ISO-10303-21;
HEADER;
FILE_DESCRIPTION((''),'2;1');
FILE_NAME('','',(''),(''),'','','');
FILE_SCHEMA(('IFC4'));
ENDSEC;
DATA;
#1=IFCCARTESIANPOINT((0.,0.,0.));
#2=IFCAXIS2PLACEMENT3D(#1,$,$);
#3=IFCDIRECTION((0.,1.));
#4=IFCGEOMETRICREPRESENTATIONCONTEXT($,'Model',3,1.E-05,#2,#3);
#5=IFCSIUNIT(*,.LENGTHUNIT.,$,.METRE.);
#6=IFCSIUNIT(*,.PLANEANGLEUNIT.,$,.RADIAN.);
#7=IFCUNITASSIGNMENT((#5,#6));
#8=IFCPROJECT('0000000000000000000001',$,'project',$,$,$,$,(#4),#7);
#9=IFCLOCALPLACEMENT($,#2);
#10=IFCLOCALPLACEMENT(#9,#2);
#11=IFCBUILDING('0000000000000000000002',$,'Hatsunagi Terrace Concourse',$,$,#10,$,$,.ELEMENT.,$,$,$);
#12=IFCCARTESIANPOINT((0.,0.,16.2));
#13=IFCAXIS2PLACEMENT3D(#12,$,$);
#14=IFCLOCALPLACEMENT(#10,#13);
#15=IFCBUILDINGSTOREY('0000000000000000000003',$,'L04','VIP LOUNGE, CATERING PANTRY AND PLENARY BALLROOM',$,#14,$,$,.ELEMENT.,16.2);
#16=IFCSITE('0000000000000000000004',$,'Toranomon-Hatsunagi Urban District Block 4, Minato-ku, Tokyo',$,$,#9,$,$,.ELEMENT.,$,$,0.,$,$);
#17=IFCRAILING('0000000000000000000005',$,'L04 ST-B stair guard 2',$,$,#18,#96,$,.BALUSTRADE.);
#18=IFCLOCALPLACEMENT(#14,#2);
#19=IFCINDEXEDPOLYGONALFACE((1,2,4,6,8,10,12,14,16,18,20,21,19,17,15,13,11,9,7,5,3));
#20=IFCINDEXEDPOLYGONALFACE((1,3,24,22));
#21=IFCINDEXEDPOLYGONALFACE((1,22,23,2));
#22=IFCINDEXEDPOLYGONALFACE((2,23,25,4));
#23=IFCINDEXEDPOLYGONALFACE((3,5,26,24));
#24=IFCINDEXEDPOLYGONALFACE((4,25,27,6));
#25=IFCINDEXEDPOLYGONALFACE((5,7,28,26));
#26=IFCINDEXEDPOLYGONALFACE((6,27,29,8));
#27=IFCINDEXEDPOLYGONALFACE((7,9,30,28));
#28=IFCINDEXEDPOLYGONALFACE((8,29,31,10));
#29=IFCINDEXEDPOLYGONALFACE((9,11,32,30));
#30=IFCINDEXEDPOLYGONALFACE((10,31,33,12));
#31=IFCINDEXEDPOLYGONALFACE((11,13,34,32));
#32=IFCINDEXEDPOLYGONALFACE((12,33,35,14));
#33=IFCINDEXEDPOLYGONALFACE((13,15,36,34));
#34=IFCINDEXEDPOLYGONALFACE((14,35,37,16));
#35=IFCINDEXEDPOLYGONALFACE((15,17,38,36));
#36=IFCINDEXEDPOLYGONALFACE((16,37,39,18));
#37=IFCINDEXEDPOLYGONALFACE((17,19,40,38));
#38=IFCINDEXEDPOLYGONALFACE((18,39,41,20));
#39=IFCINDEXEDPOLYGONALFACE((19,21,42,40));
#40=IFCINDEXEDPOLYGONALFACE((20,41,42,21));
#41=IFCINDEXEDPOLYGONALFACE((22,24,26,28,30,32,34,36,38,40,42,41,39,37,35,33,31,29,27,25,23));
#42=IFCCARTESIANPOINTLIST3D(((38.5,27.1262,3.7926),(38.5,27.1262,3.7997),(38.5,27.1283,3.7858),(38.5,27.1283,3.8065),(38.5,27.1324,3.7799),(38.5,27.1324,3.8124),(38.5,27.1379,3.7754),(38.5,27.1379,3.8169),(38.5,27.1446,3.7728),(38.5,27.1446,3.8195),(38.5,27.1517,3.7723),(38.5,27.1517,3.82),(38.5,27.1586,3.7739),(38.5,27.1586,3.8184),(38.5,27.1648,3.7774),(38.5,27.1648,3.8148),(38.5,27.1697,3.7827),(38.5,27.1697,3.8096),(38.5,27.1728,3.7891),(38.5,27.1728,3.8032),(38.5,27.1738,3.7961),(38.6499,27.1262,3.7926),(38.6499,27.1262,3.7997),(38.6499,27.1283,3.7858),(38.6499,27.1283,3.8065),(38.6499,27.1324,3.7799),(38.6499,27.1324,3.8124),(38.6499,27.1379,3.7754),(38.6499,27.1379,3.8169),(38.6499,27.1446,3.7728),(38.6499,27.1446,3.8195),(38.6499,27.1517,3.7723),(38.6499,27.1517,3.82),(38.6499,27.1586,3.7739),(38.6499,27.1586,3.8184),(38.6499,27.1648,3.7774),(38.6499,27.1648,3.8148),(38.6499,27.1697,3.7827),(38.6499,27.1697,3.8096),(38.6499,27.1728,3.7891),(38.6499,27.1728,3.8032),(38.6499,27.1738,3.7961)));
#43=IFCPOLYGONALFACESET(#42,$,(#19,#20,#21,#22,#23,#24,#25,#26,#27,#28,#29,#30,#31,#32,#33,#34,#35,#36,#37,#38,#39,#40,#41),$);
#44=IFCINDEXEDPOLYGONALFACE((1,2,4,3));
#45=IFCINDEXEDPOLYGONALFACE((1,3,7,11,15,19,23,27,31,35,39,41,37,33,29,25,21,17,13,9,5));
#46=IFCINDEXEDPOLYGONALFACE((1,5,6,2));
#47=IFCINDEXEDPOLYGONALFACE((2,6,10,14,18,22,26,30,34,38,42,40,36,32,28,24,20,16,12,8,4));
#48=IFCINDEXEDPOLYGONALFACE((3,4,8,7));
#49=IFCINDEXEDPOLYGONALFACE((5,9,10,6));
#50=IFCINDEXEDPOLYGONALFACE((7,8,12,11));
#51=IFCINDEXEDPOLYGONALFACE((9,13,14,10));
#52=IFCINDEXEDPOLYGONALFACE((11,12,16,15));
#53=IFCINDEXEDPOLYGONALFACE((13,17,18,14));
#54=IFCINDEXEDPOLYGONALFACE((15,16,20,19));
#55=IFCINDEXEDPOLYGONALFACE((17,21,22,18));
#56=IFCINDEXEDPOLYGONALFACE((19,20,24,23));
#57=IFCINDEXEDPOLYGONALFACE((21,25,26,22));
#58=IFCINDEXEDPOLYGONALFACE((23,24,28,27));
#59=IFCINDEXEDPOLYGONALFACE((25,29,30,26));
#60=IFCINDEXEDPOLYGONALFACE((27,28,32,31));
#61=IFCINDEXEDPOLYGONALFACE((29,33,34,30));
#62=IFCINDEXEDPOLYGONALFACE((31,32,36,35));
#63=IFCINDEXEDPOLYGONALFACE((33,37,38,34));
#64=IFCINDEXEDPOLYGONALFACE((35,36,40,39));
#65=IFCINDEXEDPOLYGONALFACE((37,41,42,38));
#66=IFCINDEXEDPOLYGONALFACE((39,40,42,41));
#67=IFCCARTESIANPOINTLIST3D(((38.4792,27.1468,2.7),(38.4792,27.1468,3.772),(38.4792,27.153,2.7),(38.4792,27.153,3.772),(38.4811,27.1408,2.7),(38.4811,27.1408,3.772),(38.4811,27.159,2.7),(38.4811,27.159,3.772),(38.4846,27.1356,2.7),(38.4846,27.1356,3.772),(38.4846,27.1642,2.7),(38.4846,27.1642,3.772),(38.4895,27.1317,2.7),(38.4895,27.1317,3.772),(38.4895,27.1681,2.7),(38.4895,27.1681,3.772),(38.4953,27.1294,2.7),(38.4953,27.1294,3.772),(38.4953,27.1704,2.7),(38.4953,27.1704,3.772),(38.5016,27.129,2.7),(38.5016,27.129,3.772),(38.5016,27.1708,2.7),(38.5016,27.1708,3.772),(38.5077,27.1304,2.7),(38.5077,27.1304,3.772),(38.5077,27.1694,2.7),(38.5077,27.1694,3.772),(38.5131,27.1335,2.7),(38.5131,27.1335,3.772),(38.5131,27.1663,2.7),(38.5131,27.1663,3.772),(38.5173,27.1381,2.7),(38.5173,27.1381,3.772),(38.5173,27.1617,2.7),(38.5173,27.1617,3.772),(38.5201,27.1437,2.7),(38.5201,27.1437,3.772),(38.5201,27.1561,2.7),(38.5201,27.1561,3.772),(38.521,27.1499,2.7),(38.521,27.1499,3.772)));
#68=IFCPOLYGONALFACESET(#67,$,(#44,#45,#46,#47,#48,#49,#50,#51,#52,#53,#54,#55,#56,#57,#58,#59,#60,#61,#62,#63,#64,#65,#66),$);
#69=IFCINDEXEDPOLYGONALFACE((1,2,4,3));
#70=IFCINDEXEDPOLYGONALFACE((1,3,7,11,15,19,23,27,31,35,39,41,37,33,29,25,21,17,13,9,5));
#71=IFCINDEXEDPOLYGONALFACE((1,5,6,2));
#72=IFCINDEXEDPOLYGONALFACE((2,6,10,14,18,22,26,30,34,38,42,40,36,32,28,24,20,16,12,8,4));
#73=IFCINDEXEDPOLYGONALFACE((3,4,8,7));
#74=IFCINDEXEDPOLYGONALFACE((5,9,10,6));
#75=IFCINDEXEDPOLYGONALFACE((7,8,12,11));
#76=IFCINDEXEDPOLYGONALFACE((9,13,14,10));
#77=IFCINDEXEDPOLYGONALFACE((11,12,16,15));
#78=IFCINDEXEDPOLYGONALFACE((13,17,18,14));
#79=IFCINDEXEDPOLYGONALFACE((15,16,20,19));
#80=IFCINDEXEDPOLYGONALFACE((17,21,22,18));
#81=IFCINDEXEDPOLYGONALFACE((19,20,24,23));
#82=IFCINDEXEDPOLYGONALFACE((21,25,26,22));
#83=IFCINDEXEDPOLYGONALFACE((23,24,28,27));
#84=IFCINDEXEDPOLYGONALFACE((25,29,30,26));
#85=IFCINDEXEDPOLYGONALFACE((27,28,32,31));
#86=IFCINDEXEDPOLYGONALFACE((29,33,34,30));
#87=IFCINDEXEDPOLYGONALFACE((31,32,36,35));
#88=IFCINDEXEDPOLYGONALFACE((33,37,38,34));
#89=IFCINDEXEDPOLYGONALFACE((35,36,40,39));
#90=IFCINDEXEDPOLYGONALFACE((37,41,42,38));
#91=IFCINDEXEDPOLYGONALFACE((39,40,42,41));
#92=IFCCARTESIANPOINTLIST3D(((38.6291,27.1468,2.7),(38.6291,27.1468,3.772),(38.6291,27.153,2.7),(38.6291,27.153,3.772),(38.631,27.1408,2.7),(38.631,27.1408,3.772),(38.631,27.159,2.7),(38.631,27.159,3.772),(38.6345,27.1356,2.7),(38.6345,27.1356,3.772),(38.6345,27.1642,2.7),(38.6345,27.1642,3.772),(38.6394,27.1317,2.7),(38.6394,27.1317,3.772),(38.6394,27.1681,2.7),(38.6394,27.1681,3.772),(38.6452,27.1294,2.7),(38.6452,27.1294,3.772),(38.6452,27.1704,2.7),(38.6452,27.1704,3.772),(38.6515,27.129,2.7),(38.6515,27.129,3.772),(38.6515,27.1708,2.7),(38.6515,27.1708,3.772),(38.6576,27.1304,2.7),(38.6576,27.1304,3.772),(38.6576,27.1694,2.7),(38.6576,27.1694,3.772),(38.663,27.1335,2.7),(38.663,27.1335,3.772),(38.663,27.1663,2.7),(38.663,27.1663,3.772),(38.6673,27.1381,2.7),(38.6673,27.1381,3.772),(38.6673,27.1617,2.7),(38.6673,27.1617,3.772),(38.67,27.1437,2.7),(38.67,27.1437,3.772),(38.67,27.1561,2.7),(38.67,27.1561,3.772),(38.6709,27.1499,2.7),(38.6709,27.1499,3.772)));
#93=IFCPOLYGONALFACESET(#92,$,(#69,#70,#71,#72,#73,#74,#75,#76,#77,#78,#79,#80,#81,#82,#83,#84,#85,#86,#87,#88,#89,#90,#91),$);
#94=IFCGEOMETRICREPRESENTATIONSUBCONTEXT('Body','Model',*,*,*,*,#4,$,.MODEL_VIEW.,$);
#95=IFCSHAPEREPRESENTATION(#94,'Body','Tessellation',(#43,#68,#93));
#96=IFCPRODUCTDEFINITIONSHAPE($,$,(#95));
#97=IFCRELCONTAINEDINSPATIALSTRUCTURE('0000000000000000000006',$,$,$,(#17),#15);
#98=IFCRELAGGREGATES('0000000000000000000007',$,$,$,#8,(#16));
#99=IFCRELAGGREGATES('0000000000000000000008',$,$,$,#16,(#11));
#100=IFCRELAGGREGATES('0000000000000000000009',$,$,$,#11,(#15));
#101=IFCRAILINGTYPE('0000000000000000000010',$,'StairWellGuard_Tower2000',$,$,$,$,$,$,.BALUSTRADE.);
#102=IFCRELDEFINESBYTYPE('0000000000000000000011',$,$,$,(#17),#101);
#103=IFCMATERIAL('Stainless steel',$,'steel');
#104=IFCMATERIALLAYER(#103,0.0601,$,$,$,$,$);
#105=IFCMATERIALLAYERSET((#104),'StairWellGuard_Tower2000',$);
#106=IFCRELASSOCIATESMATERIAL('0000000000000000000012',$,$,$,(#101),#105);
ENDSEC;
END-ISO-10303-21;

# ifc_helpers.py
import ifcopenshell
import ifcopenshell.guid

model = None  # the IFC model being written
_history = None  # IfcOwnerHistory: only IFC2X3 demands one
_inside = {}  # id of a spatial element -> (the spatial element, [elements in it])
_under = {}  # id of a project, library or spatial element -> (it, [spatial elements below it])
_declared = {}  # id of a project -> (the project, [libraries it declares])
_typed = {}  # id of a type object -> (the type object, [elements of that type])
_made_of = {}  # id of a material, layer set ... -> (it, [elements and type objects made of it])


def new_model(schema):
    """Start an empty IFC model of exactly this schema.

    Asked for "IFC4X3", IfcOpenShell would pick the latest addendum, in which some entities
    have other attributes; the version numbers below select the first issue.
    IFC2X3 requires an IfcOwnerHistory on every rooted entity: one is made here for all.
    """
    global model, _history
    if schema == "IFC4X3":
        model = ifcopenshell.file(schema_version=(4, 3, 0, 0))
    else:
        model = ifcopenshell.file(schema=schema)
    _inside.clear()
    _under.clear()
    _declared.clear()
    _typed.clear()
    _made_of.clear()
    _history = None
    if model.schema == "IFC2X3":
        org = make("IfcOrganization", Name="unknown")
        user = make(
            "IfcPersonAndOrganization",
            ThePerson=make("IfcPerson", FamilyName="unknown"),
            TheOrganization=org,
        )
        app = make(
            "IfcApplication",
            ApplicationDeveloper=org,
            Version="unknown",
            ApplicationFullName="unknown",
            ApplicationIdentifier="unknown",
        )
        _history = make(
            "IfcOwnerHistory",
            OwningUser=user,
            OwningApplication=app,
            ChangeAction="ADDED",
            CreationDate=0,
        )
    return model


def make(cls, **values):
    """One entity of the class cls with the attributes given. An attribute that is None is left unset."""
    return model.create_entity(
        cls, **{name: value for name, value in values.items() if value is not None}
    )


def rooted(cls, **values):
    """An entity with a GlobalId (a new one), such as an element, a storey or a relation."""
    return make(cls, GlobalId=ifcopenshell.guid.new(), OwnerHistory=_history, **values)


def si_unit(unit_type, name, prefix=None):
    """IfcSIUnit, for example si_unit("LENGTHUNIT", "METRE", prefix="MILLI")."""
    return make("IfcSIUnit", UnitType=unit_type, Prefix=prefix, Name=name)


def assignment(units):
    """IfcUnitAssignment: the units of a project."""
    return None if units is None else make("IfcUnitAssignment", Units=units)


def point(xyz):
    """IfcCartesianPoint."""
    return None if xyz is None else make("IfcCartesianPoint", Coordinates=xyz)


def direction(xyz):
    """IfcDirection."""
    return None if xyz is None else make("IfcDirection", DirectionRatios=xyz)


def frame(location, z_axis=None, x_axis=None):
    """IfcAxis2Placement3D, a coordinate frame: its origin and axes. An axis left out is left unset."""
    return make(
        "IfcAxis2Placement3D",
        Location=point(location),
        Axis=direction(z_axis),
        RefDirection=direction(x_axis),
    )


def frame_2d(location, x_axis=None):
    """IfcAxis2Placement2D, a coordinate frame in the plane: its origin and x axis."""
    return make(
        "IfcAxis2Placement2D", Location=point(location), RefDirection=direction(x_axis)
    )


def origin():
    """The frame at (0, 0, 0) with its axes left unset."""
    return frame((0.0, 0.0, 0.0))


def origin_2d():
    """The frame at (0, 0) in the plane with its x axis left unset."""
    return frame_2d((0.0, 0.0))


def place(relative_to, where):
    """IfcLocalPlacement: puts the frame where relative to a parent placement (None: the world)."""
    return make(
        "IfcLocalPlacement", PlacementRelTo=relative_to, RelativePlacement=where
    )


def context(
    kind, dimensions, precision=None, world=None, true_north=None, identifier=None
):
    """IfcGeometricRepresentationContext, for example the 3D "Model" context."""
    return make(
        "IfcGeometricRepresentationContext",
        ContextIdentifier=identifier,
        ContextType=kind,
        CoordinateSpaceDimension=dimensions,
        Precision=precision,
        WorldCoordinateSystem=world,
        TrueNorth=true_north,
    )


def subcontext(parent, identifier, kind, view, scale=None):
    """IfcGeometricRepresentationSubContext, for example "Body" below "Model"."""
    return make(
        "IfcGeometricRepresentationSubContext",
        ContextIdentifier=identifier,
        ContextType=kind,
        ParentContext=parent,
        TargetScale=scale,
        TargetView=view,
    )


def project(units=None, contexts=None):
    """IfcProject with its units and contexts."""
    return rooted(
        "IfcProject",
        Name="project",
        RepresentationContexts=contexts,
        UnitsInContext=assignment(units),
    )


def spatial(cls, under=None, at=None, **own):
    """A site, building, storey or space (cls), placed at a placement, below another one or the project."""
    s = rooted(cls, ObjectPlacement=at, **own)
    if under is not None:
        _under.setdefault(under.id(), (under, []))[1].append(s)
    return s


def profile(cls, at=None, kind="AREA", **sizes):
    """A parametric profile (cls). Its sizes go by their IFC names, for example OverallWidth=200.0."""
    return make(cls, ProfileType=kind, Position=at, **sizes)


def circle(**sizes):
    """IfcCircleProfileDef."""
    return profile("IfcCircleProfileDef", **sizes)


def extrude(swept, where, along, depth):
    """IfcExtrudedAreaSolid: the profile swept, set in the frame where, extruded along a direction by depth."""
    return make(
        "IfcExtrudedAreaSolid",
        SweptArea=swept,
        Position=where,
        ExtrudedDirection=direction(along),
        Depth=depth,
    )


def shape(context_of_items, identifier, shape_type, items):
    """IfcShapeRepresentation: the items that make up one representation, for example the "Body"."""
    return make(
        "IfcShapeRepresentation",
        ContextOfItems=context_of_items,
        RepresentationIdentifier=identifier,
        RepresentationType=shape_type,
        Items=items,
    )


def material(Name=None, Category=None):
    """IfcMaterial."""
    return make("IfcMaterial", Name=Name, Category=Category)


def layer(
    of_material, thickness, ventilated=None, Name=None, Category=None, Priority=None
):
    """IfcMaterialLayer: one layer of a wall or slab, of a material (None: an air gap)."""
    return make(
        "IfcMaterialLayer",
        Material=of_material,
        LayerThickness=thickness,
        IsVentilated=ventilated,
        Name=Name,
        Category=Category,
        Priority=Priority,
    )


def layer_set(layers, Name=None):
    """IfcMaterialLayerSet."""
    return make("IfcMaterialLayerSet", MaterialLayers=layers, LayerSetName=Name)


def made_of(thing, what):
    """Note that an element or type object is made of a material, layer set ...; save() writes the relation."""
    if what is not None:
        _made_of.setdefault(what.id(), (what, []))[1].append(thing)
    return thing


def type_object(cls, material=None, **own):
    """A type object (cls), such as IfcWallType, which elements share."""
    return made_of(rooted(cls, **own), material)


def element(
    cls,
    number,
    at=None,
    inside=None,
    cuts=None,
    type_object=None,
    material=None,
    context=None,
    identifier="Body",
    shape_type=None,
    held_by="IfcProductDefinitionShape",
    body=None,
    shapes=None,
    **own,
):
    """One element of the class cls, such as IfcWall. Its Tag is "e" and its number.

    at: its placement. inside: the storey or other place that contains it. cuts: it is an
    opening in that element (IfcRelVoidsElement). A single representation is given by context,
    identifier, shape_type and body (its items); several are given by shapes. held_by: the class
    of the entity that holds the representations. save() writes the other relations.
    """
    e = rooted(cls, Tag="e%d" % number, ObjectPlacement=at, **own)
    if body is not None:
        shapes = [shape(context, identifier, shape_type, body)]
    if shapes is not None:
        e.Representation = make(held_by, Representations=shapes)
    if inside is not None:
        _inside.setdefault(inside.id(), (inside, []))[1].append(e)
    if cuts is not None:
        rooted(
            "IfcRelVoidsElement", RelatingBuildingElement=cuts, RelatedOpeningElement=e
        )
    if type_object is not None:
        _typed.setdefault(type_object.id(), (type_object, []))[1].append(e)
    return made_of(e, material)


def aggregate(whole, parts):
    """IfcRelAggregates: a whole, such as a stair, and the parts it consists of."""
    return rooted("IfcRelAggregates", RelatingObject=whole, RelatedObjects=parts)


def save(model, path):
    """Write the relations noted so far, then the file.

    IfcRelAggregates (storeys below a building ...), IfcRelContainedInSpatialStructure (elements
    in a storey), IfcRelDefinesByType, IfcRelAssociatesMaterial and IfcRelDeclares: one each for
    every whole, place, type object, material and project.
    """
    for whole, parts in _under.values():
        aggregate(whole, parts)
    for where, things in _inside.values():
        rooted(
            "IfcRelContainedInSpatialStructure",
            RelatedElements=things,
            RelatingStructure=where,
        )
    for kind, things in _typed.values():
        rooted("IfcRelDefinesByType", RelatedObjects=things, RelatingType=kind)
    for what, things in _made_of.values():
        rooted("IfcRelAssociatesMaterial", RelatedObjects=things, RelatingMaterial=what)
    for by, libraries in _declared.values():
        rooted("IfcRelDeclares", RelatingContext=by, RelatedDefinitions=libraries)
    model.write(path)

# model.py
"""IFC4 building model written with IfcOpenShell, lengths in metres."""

from ifc_helpers import new_model, si_unit, direction, frame, origin, origin_2d, place, context, subcontext, project, spatial, circle, extrude, material, layer, layer_set, type_object, element, save


model = new_model("IFC4")

# Units and contexts
model_context = context("Model", 3, precision=1e-05, world=origin(), true_north=direction((0.0, 1.0)))
body_context = subcontext(model_context, "Body", "Model", "MODEL_VIEW")
ifc_project = project(units=[si_unit("LENGTHUNIT", "METRE"), si_unit("PLANEANGLEUNIT", "RADIAN")], contexts=[model_context])

# Site, building, storey
site_placement = place(None, origin())
site = spatial("IfcSite", under=ifc_project, at=site_placement, Name="Toranomon-Hatsunagi Urban District Block 4, Minato-ku, Tokyo", CompositionType="ELEMENT", RefElevation=0.0)
building_placement = place(site_placement, origin())
building = spatial("IfcBuilding", under=site, at=building_placement, Name="Hatsunagi Terrace Concourse", CompositionType="ELEMENT")
storey_placement = place(building_placement, frame((0.0, 0.0, 16.2)))
storey = spatial("IfcBuildingStorey", under=building, at=storey_placement, Name="L04", Description="VIP LOUNGE, CATERING PANTRY AND PLENARY BALLROOM", CompositionType="ELEMENT", Elevation=16.2)

# Railing
ifc_material_1 = material(Name="Stainless steel", Category="steel")
ifc_layer_1 = layer(ifc_material_1, 0.0601)
ifc_layer_set_1 = layer_set([ifc_layer_1], Name="StairWellGuard_Tower2000")
railing_type_1 = type_object("IfcRailingType", Name="StairWellGuard_Tower2000", PredefinedType="BALUSTRADE", material=ifc_layer_set_1)
railing_1_placement = place(storey_placement, frame((38.5, 27.1499, 2.7)))
element("IfcRailing", 1, at=railing_1_placement, inside=storey, type_object=railing_type_1, Name="L04 ST-B stair guard 2", PredefinedType="BALUSTRADE", context=body_context, shape_type="SweptSolid", body=[
    extrude(circle(Radius=0.0239, at=origin_2d()), frame((0.0, 0.0, 1.0962), z_axis=(1.0, 0.0, 0.0), x_axis=(0.0, 1.0, 0.0)), (0.0, 0.0, 1.0), 0.1499),
    extrude(circle(Radius=0.021, at=origin_2d()), origin(), (0.0, 0.0, 1.0), 1.072),
    extrude(circle(Radius=0.021, at=origin_2d()), frame((0.1499, 0.0, 0.0)), (0.0, 0.0, 1.0), 1.072),
])

save(model, "model.ifc")
